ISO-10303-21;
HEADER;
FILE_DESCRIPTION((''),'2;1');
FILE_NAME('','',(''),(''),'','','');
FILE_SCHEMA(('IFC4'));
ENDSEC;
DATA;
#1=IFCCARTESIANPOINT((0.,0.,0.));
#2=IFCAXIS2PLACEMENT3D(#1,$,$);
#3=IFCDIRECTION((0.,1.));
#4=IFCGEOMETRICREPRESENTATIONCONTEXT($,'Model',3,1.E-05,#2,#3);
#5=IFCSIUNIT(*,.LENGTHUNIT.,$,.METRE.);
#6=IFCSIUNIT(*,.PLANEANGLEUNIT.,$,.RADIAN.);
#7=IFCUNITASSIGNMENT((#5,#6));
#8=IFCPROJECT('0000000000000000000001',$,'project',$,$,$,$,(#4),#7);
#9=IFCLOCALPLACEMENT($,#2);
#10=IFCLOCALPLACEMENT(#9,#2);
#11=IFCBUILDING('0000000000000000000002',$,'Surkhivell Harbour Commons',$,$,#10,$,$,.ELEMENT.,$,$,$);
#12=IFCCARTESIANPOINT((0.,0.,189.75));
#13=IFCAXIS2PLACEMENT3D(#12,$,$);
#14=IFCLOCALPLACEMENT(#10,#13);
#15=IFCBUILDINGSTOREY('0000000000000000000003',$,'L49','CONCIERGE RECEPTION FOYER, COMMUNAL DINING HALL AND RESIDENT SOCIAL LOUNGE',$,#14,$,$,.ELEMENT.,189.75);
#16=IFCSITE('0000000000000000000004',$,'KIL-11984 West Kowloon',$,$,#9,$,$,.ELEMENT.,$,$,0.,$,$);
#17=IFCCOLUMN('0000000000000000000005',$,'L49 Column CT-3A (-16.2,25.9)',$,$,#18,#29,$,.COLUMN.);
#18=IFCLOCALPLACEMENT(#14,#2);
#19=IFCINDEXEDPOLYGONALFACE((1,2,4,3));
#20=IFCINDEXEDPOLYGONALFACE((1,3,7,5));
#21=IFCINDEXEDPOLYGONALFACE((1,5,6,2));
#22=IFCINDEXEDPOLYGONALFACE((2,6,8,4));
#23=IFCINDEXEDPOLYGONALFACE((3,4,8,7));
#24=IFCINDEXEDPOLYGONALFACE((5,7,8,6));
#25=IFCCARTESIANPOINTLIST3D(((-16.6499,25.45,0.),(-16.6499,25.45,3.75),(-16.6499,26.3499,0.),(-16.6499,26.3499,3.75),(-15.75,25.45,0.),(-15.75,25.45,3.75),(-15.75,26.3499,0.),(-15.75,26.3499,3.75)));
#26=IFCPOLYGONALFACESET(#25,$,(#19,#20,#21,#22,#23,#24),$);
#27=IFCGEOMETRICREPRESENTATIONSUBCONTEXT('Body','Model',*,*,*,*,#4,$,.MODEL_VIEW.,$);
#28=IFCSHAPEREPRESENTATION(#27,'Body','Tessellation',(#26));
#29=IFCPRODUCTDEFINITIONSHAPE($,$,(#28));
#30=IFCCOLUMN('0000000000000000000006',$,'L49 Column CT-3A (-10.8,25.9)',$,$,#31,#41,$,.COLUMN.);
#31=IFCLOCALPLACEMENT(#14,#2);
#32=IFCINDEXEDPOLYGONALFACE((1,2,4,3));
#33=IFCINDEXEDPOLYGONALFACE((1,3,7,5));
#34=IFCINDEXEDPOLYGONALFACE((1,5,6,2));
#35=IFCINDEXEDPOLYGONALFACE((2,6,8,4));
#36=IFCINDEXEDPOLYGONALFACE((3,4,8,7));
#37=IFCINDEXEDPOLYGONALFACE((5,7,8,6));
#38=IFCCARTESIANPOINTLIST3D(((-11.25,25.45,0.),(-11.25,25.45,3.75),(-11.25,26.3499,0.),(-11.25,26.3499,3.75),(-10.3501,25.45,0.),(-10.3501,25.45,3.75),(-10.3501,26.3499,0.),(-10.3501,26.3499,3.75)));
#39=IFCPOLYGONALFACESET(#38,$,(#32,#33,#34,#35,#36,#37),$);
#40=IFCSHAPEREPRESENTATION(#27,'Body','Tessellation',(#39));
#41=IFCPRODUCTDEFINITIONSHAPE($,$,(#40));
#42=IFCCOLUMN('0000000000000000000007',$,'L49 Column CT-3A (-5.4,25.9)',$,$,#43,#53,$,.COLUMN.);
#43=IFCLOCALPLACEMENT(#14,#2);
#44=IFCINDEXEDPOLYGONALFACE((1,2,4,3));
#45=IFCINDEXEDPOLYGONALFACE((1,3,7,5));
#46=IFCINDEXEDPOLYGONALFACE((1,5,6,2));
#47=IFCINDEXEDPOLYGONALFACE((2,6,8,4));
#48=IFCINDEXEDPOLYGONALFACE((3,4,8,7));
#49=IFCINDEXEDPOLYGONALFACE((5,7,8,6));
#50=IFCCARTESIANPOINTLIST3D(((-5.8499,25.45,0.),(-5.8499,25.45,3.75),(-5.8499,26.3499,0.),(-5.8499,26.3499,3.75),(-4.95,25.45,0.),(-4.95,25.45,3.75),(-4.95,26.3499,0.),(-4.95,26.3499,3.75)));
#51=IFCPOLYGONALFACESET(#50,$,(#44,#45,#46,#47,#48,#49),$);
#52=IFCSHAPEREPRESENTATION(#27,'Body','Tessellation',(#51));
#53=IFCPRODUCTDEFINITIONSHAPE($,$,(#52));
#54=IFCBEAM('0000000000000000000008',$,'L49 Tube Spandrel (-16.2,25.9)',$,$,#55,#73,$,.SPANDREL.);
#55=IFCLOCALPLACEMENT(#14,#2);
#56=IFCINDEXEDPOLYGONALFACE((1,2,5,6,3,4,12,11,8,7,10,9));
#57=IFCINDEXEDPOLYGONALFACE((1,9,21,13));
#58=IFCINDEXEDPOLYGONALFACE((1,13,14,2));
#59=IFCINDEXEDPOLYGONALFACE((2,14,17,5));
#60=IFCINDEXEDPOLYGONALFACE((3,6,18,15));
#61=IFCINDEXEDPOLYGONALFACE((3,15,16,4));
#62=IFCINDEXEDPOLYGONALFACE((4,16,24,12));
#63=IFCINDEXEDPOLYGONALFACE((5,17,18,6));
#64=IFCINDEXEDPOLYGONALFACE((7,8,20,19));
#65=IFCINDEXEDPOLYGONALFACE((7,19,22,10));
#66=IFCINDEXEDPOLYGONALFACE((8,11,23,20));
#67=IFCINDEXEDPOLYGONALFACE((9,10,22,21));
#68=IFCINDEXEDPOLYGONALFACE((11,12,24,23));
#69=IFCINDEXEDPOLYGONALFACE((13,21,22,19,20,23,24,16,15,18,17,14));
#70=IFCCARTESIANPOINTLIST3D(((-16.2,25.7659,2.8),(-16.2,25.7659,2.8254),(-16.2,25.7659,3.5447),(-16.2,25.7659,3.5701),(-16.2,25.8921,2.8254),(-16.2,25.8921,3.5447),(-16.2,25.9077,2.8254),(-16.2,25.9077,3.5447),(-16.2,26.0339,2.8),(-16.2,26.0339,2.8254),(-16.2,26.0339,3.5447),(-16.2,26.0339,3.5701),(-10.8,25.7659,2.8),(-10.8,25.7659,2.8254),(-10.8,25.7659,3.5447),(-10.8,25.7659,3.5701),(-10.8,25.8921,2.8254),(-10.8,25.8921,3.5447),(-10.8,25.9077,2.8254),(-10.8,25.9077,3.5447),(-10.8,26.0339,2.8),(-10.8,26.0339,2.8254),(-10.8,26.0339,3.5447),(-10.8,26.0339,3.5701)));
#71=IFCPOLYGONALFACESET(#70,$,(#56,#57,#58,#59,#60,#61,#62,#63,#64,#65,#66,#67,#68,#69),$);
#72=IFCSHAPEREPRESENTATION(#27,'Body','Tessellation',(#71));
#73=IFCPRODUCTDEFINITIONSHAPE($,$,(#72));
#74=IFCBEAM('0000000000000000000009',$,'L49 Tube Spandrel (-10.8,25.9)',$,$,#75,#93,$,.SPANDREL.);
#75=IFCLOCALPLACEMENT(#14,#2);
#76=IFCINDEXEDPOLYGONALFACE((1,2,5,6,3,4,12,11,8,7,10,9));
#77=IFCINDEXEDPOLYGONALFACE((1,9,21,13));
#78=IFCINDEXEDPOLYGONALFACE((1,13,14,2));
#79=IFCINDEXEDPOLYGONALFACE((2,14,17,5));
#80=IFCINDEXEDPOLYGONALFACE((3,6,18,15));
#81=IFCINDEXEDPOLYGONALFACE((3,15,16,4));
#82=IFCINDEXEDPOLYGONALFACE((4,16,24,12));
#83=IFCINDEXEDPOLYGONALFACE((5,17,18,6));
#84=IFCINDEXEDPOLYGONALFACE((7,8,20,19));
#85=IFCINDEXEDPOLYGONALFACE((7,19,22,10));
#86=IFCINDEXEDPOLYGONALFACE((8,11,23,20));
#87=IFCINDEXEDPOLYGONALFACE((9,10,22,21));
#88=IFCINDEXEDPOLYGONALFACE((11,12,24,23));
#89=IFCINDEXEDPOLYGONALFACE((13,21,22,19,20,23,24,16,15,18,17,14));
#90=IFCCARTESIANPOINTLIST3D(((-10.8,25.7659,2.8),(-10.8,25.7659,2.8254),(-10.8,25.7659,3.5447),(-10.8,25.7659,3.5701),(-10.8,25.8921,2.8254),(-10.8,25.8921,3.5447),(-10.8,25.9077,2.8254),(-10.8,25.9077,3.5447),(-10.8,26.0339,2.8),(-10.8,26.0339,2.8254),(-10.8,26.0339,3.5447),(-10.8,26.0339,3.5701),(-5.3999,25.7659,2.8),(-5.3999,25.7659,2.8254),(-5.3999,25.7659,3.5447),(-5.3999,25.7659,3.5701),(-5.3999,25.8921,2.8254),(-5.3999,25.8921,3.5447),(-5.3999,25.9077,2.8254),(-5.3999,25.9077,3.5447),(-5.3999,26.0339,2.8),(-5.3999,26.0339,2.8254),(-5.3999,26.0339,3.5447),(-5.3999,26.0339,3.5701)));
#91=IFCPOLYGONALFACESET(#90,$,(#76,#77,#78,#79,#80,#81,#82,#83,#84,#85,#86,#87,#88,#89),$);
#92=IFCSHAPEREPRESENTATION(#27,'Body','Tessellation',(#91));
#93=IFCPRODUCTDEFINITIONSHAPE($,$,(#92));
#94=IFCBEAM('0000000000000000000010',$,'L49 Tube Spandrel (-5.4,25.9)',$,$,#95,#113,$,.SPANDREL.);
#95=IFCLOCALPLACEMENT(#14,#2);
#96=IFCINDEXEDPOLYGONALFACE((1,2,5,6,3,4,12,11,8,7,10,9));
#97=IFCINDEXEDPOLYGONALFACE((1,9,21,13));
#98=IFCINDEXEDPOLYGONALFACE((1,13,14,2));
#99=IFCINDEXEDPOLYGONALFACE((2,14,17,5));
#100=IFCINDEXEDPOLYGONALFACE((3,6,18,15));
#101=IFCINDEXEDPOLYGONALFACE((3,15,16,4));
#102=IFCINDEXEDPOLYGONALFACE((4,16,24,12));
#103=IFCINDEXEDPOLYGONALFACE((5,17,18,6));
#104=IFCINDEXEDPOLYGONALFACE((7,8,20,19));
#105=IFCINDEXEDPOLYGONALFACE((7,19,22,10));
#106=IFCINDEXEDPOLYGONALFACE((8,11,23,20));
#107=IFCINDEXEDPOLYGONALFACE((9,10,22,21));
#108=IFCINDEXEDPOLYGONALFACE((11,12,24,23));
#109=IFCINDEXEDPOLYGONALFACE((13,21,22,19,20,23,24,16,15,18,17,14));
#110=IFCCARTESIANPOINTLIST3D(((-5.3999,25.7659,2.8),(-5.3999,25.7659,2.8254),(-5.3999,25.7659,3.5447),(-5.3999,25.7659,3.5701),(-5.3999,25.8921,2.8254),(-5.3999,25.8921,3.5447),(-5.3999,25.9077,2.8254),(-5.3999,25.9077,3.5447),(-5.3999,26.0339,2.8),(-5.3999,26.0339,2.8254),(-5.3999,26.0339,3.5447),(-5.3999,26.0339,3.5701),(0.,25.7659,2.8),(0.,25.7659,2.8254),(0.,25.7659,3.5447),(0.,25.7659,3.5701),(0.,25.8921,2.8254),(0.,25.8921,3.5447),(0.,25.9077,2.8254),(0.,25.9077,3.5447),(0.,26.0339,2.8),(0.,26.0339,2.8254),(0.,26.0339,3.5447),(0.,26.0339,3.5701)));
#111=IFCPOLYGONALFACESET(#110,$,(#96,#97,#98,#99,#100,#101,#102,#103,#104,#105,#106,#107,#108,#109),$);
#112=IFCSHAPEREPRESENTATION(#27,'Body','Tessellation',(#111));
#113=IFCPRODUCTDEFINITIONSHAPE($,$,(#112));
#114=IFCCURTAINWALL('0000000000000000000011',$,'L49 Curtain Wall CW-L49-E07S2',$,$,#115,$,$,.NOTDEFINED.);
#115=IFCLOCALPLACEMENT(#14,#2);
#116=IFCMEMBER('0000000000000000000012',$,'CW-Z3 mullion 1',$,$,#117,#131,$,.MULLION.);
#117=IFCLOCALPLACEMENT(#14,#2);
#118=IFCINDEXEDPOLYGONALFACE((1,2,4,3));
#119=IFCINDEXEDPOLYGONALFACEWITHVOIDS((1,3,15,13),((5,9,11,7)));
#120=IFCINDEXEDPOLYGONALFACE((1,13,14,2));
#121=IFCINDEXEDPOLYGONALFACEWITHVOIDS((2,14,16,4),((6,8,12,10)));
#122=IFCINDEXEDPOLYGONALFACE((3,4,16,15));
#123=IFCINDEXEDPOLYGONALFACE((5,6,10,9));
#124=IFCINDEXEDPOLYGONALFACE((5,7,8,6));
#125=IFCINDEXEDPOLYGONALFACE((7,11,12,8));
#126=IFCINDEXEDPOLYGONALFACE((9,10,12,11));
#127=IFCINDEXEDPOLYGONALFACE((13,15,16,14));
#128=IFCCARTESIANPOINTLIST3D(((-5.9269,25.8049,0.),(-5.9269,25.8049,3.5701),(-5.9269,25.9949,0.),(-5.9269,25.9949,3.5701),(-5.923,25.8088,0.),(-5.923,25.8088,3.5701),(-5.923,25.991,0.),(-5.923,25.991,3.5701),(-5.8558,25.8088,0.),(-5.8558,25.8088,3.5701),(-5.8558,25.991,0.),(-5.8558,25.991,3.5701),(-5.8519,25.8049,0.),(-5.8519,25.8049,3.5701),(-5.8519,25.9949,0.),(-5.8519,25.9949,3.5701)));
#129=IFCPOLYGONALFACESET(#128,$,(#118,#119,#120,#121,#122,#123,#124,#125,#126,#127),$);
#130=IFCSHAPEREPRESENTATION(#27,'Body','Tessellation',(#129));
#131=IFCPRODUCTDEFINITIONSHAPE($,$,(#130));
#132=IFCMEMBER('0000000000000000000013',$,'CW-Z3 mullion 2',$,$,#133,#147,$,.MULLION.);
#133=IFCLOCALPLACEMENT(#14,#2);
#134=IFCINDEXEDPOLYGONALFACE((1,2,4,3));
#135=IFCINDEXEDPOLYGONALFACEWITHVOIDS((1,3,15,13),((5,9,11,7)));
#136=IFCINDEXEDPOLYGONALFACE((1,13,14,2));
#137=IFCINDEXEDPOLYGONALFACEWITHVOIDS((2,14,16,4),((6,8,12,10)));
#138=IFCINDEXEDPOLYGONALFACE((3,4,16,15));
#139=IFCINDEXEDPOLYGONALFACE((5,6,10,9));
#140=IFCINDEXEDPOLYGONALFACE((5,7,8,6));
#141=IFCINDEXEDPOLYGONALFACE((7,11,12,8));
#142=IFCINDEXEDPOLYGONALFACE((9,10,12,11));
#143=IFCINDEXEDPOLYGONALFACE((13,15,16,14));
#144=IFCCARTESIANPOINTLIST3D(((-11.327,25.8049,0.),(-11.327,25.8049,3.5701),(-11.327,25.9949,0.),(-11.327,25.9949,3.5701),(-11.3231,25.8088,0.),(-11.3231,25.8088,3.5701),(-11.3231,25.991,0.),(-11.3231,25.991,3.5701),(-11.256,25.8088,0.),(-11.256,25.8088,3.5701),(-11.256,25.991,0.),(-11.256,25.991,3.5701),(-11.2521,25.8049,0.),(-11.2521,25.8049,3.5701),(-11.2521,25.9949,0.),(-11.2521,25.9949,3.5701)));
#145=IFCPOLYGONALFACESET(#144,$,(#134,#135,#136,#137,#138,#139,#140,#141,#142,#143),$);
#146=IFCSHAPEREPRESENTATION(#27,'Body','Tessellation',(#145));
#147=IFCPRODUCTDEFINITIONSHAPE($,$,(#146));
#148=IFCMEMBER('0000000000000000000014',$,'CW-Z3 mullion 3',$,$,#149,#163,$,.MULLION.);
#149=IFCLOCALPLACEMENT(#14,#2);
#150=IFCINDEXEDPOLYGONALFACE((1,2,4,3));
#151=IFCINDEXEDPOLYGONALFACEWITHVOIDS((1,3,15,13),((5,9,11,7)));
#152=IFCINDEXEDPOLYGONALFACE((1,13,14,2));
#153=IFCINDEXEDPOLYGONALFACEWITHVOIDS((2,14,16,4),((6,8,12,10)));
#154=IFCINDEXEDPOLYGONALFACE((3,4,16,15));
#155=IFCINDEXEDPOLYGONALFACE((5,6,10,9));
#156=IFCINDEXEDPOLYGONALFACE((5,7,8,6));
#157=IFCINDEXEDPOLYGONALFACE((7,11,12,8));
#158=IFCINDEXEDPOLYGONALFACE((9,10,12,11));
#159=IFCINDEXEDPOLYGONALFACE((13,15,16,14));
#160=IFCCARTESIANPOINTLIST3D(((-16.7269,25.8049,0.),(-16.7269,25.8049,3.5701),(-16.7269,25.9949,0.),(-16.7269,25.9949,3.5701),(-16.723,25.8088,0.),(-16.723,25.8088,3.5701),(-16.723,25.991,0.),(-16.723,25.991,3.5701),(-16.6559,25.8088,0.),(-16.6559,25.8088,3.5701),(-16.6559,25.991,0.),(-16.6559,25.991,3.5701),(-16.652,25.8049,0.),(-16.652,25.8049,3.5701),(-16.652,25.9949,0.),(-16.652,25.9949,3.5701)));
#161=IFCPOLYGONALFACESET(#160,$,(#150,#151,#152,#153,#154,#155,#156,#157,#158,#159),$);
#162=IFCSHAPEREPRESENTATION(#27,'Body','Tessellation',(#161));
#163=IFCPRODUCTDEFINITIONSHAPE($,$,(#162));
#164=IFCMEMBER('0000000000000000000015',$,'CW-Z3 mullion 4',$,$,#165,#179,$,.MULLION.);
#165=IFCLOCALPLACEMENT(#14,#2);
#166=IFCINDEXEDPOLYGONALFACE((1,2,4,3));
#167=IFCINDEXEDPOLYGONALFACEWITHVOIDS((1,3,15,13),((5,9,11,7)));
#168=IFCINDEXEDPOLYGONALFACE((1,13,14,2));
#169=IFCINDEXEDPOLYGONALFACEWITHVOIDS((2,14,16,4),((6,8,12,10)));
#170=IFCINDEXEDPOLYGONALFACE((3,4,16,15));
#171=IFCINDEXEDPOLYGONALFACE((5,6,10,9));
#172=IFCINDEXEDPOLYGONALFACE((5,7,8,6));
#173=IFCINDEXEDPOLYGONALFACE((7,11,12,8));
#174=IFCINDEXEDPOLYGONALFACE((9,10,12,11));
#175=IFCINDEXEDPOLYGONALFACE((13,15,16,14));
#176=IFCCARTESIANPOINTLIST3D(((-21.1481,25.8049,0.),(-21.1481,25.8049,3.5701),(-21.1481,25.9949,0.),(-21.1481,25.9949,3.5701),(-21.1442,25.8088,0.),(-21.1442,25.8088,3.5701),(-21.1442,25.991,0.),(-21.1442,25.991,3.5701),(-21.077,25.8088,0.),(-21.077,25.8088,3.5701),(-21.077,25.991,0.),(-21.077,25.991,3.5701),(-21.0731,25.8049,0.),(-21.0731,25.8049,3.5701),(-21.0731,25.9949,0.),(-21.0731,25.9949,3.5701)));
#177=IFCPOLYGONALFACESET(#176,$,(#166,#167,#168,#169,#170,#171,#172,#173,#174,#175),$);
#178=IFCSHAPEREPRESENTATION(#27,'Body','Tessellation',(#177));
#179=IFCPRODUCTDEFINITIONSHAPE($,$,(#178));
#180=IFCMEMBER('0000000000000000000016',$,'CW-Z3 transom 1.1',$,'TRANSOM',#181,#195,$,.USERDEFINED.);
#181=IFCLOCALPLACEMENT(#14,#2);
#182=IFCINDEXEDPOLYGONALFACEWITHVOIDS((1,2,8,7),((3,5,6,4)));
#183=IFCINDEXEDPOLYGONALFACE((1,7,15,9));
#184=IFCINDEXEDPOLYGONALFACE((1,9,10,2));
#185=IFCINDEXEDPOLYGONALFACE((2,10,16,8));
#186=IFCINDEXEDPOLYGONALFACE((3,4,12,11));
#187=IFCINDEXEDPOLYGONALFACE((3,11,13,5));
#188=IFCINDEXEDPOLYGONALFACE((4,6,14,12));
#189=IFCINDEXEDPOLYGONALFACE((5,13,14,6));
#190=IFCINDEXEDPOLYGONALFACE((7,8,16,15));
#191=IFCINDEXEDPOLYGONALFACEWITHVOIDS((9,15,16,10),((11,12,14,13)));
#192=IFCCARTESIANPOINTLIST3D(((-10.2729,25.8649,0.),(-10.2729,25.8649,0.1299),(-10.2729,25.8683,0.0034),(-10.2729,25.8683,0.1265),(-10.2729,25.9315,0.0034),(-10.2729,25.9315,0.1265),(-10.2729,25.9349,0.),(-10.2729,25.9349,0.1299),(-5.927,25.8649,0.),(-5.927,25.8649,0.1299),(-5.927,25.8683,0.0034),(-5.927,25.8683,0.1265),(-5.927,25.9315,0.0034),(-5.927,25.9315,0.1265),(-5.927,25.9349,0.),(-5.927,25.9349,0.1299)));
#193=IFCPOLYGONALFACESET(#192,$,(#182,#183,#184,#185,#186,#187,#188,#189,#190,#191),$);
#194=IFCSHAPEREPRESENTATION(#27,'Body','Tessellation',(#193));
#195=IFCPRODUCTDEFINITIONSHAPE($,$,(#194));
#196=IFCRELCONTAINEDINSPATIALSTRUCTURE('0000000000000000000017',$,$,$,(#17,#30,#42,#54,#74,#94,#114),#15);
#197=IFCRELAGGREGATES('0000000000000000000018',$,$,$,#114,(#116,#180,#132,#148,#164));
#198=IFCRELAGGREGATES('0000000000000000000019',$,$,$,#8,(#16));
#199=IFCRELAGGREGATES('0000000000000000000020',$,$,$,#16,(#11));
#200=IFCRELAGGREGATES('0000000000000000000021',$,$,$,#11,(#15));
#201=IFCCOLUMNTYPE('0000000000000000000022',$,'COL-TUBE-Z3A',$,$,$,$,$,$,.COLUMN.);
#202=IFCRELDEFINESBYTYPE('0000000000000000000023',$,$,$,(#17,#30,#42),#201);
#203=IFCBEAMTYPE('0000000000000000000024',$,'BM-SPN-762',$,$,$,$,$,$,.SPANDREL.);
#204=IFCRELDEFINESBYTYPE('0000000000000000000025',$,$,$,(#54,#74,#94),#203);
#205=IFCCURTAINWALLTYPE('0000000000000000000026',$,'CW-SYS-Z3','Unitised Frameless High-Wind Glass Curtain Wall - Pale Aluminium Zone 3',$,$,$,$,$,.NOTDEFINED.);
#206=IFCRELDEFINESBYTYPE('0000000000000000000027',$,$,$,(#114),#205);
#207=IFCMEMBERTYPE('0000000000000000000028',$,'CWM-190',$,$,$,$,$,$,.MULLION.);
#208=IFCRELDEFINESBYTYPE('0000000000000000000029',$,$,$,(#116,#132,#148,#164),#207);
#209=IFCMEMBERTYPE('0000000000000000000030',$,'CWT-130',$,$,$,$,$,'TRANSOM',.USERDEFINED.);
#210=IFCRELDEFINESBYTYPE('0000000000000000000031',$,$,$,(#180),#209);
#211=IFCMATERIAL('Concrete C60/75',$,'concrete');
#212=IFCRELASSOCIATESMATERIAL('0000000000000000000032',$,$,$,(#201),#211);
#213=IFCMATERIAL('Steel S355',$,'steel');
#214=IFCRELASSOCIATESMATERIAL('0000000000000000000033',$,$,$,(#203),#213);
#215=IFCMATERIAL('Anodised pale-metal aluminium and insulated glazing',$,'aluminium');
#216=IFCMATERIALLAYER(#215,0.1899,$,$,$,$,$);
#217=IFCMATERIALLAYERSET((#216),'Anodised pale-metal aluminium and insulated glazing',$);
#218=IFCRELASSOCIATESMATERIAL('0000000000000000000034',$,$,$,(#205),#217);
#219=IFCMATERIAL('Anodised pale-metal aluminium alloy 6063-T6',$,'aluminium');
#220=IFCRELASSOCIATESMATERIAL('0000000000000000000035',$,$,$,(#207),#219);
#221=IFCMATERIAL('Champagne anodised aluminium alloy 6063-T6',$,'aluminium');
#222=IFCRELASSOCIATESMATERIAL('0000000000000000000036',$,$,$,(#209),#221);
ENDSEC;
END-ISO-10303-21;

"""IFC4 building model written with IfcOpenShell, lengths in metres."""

from ifc_helpers import new_model, si_unit, direction, frame, origin, origin_2d, place, context, subcontext, project, spatial, rectangle, hollow_rectangle, i_section, extrude, material, layer, layer_set, material_profile, profile_set, type_object, element, aggregate, save


model = new_model("IFC4")

# Units and contexts
model_context = context("Model", 3, precision=1e-05, world=origin(), true_north=direction((0.0, 1.0)))
body_context = subcontext(model_context, "Body", "Model", "MODEL_VIEW")
ifc_project = project(units=[si_unit("LENGTHUNIT", "METRE"), si_unit("PLANEANGLEUNIT", "RADIAN")], contexts=[model_context])

# Site, building, storey
site_placement = place(None, origin())
site = spatial("IfcSite", under=ifc_project, at=site_placement, Name="KIL-11984 West Kowloon", CompositionType="ELEMENT", RefElevation=0.0)
building_placement = place(site_placement, origin())
building = spatial("IfcBuilding", under=site, at=building_placement, Name="Surkhivell Harbour Commons", CompositionType="ELEMENT")
storey_placement = place(building_placement, frame((0.0, 0.0, 189.75)))
storey = spatial("IfcBuildingStorey", under=building, at=storey_placement, Name="L49", Description="CONCIERGE RECEPTION FOYER, COMMUNAL DINING HALL AND RESIDENT SOCIAL LOUNGE", CompositionType="ELEMENT", Elevation=189.75)

# Columns
ifc_material_1 = material(Name="Concrete C60/75", Category="concrete")
ifc_material_profile_1 = material_profile(ifc_material_1, rectangle(XDim=0.8999, YDim=0.8999, at=origin_2d()), Name="RC-COL-900x900")
ifc_profile_set_1 = profile_set([ifc_material_profile_1], Name="Concrete C60/75")
column_type = type_object("IfcColumnType", Name="COL-TUBE-Z3A", PredefinedType="COLUMN", material=ifc_profile_set_1)
for number, where, z_axis, x_axis, name in (
    (1, (-16.2, 25.8999, 0.0), (0.0, 0.0, 1.0), (1.0, 0.0, 0.0), "L49 Column CT-3A (-16.2,25.9)"),
    (2, (-10.8, 25.8999, 0.0), (0.0, 0.0, 1.0), (1.0, 0.0, 0.0), "L49 Column CT-3A (-10.8,25.9)"),
    (3, (-5.3999, 25.8999, 0.0), (0.0, 0.0, 1.0), (1.0, 0.0, 0.0), "L49 Column CT-3A (-5.4,25.9)"),
):
    element("IfcColumn", number, at=place(storey_placement, frame(where, z_axis=z_axis, x_axis=x_axis)), inside=storey, type_object=column_type, Name=name, PredefinedType="COLUMN", context=body_context, shape_type="SweptSolid", body=[
        extrude(rectangle(XDim=0.8999, YDim=0.8999, at=origin_2d()), origin(), (0.0, 0.0, 1.0), 3.75),
    ])

# Beams
ifc_material_2 = material(Name="Steel S355", Category="steel")
ifc_material_profile_2 = material_profile(ifc_material_2, i_section(OverallWidth=0.2681, OverallDepth=0.77, WebThickness=0.0156, FlangeThickness=0.0254, at=origin_2d()), Name="UB762x267x197")
ifc_profile_set_2 = profile_set([ifc_material_profile_2], Name="Steel S355")
beam_type = type_object("IfcBeamType", Name="BM-SPN-762", PredefinedType="SPANDREL", material=ifc_profile_set_2)
beam_1_placement = place(storey_placement, frame((-16.2, 25.8999, 3.1851), z_axis=(1.0, 0.0, 0.0), x_axis=(0.0, 1.0, 0.0)))
element("IfcBeam", 4, at=beam_1_placement, inside=storey, type_object=beam_type, Name="L49 Tube Spandrel (-16.2,25.9)", PredefinedType="SPANDREL", context=body_context, shape_type="SweptSolid", body=[
    extrude(i_section(OverallWidth=0.2681, OverallDepth=0.77, WebThickness=0.0156, FlangeThickness=0.0254, at=origin_2d()), origin(), (0.0, 0.0, 1.0), 5.3999),
])
beam_2_placement = place(storey_placement, frame((-10.8, 25.8999, 3.1851), z_axis=(1.0, 0.0, 0.0), x_axis=(0.0, 1.0, 0.0)))
element("IfcBeam", 5, at=beam_2_placement, inside=storey, type_object=beam_type, Name="L49 Tube Spandrel (-10.8,25.9)", PredefinedType="SPANDREL", context=body_context, shape_type="SweptSolid", body=[
    extrude(i_section(OverallWidth=0.2681, OverallDepth=0.77, WebThickness=0.0156, FlangeThickness=0.0254, at=origin_2d()), origin(), (0.0, 0.0, 1.0), 5.4001),
])
beam_3_placement = place(storey_placement, frame((-5.3999, 25.8999, 3.1851), z_axis=(1.0, 0.0, 0.0), x_axis=(0.0, 1.0, 0.0)))
element("IfcBeam", 6, at=beam_3_placement, inside=storey, type_object=beam_type, Name="L49 Tube Spandrel (-5.4,25.9)", PredefinedType="SPANDREL", context=body_context, shape_type="SweptSolid", body=[
    extrude(i_section(OverallWidth=0.2681, OverallDepth=0.77, WebThickness=0.0156, FlangeThickness=0.0254, at=origin_2d()), origin(), (0.0, 0.0, 1.0), 5.3999),
])

# Curtain wall, members
ifc_material_3 = material(Name="Anodised pale-metal aluminium and insulated glazing", Category="aluminium")
ifc_layer_1 = layer(ifc_material_3, 0.1899)
ifc_layer_set_1 = layer_set([ifc_layer_1], Name="Anodised pale-metal aluminium and insulated glazing")
curtain_wall_type = type_object("IfcCurtainWallType", Name="CW-SYS-Z3", Description="Unitised Frameless High-Wind Glass Curtain Wall - Pale Aluminium Zone 3", PredefinedType="NOTDEFINED", material=ifc_layer_set_1)
curtain_wall_placement = place(storey_placement, origin())
curtain_wall = element("IfcCurtainWall", 7, at=curtain_wall_placement, inside=storey, type_object=curtain_wall_type, Name="L49 Curtain Wall CW-L49-E07S2", PredefinedType="NOTDEFINED")
ifc_material_4 = material(Name="Anodised pale-metal aluminium alloy 6063-T6", Category="aluminium")
ifc_material_profile_3 = material_profile(ifc_material_4, hollow_rectangle(XDim=0.075, YDim=0.1899, WallThickness=0.0039, at=origin_2d()), Name="ALU-MULL-75x190")
ifc_profile_set_3 = profile_set([ifc_material_profile_3], Name="Anodised pale-metal aluminium alloy 6063-T6")
member_type_1 = type_object("IfcMemberType", Name="CWM-190", PredefinedType="MULLION", material=ifc_profile_set_3)
member_1_placement = place(storey_placement, frame((-5.8894, 25.8999, 0.0), z_axis=(0.0, 0.0, 1.0), x_axis=(-1.0, 0.0, 0.0)))
member_1 = element("IfcMember", 8, at=member_1_placement, type_object=member_type_1, Name="CW-Z3 mullion 1", PredefinedType="MULLION", context=body_context, shape_type="SweptSolid", body=[
    extrude(hollow_rectangle(XDim=0.075, YDim=0.1899, WallThickness=0.0039, at=origin_2d()), origin(), (0.0, 0.0, 1.0), 3.5701),
])
member_2_placement = place(storey_placement, frame((-11.2896, 25.8999, 0.0), z_axis=(0.0, 0.0, 1.0), x_axis=(-1.0, 0.0, 0.0)))
member_2 = element("IfcMember", 9, at=member_2_placement, type_object=member_type_1, Name="CW-Z3 mullion 2", PredefinedType="MULLION", context=body_context, shape_type="SweptSolid", body=[
    extrude(hollow_rectangle(XDim=0.075, YDim=0.1899, WallThickness=0.0039, at=origin_2d()), origin(), (0.0, 0.0, 1.0), 3.5701),
])
member_3_placement = place(storey_placement, frame((-16.6895, 25.8999, 0.0), z_axis=(0.0, 0.0, 1.0), x_axis=(-1.0, 0.0, 0.0)))
member_3 = element("IfcMember", 10, at=member_3_placement, type_object=member_type_1, Name="CW-Z3 mullion 3", PredefinedType="MULLION", context=body_context, shape_type="SweptSolid", body=[
    extrude(hollow_rectangle(XDim=0.075, YDim=0.1899, WallThickness=0.0039, at=origin_2d()), origin(), (0.0, 0.0, 1.0), 3.5701),
])
member_4_placement = place(storey_placement, frame((-21.1106, 25.8999, 0.0), z_axis=(0.0, 0.0, 1.0), x_axis=(-1.0, 0.0, 0.0)))
member_4 = element("IfcMember", 11, at=member_4_placement, type_object=member_type_1, Name="CW-Z3 mullion 4", PredefinedType="MULLION", context=body_context, shape_type="SweptSolid", body=[
    extrude(hollow_rectangle(XDim=0.075, YDim=0.1899, WallThickness=0.0039, at=origin_2d()), origin(), (0.0, 0.0, 1.0), 3.5701),
])
ifc_material_5 = material(Name="Champagne anodised aluminium alloy 6063-T6", Category="aluminium")
ifc_material_profile_4 = material_profile(ifc_material_5, hollow_rectangle(XDim=0.0701, YDim=0.1299, WallThickness=0.0034, at=origin_2d()), Name="ALU-TRAN-70x130")
ifc_profile_set_4 = profile_set([ifc_material_profile_4], Name="Champagne anodised aluminium alloy 6063-T6")
member_type_2 = type_object("IfcMemberType", Name="CWT-130", ElementType="TRANSOM", PredefinedType="USERDEFINED", material=ifc_profile_set_4)
member_5_placement = place(storey_placement, frame((-5.927, 25.8999, 0.0649), z_axis=(-1.0, 0.0, 0.0), x_axis=(0.0, -1.0, 0.0)))
member_5 = element("IfcMember", 12, at=member_5_placement, type_object=member_type_2, Name="CW-Z3 transom 1.1", ObjectType="TRANSOM", PredefinedType="USERDEFINED", context=body_context, shape_type="SweptSolid", body=[
    extrude(hollow_rectangle(XDim=0.0701, YDim=0.1299, WallThickness=0.0034, at=origin_2d()), origin(), (0.0, 0.0, 1.0), 4.3459),
])

aggregate(curtain_wall, [member_1, member_5, member_2, member_3, member_4])

save(model, "model.ifc")
